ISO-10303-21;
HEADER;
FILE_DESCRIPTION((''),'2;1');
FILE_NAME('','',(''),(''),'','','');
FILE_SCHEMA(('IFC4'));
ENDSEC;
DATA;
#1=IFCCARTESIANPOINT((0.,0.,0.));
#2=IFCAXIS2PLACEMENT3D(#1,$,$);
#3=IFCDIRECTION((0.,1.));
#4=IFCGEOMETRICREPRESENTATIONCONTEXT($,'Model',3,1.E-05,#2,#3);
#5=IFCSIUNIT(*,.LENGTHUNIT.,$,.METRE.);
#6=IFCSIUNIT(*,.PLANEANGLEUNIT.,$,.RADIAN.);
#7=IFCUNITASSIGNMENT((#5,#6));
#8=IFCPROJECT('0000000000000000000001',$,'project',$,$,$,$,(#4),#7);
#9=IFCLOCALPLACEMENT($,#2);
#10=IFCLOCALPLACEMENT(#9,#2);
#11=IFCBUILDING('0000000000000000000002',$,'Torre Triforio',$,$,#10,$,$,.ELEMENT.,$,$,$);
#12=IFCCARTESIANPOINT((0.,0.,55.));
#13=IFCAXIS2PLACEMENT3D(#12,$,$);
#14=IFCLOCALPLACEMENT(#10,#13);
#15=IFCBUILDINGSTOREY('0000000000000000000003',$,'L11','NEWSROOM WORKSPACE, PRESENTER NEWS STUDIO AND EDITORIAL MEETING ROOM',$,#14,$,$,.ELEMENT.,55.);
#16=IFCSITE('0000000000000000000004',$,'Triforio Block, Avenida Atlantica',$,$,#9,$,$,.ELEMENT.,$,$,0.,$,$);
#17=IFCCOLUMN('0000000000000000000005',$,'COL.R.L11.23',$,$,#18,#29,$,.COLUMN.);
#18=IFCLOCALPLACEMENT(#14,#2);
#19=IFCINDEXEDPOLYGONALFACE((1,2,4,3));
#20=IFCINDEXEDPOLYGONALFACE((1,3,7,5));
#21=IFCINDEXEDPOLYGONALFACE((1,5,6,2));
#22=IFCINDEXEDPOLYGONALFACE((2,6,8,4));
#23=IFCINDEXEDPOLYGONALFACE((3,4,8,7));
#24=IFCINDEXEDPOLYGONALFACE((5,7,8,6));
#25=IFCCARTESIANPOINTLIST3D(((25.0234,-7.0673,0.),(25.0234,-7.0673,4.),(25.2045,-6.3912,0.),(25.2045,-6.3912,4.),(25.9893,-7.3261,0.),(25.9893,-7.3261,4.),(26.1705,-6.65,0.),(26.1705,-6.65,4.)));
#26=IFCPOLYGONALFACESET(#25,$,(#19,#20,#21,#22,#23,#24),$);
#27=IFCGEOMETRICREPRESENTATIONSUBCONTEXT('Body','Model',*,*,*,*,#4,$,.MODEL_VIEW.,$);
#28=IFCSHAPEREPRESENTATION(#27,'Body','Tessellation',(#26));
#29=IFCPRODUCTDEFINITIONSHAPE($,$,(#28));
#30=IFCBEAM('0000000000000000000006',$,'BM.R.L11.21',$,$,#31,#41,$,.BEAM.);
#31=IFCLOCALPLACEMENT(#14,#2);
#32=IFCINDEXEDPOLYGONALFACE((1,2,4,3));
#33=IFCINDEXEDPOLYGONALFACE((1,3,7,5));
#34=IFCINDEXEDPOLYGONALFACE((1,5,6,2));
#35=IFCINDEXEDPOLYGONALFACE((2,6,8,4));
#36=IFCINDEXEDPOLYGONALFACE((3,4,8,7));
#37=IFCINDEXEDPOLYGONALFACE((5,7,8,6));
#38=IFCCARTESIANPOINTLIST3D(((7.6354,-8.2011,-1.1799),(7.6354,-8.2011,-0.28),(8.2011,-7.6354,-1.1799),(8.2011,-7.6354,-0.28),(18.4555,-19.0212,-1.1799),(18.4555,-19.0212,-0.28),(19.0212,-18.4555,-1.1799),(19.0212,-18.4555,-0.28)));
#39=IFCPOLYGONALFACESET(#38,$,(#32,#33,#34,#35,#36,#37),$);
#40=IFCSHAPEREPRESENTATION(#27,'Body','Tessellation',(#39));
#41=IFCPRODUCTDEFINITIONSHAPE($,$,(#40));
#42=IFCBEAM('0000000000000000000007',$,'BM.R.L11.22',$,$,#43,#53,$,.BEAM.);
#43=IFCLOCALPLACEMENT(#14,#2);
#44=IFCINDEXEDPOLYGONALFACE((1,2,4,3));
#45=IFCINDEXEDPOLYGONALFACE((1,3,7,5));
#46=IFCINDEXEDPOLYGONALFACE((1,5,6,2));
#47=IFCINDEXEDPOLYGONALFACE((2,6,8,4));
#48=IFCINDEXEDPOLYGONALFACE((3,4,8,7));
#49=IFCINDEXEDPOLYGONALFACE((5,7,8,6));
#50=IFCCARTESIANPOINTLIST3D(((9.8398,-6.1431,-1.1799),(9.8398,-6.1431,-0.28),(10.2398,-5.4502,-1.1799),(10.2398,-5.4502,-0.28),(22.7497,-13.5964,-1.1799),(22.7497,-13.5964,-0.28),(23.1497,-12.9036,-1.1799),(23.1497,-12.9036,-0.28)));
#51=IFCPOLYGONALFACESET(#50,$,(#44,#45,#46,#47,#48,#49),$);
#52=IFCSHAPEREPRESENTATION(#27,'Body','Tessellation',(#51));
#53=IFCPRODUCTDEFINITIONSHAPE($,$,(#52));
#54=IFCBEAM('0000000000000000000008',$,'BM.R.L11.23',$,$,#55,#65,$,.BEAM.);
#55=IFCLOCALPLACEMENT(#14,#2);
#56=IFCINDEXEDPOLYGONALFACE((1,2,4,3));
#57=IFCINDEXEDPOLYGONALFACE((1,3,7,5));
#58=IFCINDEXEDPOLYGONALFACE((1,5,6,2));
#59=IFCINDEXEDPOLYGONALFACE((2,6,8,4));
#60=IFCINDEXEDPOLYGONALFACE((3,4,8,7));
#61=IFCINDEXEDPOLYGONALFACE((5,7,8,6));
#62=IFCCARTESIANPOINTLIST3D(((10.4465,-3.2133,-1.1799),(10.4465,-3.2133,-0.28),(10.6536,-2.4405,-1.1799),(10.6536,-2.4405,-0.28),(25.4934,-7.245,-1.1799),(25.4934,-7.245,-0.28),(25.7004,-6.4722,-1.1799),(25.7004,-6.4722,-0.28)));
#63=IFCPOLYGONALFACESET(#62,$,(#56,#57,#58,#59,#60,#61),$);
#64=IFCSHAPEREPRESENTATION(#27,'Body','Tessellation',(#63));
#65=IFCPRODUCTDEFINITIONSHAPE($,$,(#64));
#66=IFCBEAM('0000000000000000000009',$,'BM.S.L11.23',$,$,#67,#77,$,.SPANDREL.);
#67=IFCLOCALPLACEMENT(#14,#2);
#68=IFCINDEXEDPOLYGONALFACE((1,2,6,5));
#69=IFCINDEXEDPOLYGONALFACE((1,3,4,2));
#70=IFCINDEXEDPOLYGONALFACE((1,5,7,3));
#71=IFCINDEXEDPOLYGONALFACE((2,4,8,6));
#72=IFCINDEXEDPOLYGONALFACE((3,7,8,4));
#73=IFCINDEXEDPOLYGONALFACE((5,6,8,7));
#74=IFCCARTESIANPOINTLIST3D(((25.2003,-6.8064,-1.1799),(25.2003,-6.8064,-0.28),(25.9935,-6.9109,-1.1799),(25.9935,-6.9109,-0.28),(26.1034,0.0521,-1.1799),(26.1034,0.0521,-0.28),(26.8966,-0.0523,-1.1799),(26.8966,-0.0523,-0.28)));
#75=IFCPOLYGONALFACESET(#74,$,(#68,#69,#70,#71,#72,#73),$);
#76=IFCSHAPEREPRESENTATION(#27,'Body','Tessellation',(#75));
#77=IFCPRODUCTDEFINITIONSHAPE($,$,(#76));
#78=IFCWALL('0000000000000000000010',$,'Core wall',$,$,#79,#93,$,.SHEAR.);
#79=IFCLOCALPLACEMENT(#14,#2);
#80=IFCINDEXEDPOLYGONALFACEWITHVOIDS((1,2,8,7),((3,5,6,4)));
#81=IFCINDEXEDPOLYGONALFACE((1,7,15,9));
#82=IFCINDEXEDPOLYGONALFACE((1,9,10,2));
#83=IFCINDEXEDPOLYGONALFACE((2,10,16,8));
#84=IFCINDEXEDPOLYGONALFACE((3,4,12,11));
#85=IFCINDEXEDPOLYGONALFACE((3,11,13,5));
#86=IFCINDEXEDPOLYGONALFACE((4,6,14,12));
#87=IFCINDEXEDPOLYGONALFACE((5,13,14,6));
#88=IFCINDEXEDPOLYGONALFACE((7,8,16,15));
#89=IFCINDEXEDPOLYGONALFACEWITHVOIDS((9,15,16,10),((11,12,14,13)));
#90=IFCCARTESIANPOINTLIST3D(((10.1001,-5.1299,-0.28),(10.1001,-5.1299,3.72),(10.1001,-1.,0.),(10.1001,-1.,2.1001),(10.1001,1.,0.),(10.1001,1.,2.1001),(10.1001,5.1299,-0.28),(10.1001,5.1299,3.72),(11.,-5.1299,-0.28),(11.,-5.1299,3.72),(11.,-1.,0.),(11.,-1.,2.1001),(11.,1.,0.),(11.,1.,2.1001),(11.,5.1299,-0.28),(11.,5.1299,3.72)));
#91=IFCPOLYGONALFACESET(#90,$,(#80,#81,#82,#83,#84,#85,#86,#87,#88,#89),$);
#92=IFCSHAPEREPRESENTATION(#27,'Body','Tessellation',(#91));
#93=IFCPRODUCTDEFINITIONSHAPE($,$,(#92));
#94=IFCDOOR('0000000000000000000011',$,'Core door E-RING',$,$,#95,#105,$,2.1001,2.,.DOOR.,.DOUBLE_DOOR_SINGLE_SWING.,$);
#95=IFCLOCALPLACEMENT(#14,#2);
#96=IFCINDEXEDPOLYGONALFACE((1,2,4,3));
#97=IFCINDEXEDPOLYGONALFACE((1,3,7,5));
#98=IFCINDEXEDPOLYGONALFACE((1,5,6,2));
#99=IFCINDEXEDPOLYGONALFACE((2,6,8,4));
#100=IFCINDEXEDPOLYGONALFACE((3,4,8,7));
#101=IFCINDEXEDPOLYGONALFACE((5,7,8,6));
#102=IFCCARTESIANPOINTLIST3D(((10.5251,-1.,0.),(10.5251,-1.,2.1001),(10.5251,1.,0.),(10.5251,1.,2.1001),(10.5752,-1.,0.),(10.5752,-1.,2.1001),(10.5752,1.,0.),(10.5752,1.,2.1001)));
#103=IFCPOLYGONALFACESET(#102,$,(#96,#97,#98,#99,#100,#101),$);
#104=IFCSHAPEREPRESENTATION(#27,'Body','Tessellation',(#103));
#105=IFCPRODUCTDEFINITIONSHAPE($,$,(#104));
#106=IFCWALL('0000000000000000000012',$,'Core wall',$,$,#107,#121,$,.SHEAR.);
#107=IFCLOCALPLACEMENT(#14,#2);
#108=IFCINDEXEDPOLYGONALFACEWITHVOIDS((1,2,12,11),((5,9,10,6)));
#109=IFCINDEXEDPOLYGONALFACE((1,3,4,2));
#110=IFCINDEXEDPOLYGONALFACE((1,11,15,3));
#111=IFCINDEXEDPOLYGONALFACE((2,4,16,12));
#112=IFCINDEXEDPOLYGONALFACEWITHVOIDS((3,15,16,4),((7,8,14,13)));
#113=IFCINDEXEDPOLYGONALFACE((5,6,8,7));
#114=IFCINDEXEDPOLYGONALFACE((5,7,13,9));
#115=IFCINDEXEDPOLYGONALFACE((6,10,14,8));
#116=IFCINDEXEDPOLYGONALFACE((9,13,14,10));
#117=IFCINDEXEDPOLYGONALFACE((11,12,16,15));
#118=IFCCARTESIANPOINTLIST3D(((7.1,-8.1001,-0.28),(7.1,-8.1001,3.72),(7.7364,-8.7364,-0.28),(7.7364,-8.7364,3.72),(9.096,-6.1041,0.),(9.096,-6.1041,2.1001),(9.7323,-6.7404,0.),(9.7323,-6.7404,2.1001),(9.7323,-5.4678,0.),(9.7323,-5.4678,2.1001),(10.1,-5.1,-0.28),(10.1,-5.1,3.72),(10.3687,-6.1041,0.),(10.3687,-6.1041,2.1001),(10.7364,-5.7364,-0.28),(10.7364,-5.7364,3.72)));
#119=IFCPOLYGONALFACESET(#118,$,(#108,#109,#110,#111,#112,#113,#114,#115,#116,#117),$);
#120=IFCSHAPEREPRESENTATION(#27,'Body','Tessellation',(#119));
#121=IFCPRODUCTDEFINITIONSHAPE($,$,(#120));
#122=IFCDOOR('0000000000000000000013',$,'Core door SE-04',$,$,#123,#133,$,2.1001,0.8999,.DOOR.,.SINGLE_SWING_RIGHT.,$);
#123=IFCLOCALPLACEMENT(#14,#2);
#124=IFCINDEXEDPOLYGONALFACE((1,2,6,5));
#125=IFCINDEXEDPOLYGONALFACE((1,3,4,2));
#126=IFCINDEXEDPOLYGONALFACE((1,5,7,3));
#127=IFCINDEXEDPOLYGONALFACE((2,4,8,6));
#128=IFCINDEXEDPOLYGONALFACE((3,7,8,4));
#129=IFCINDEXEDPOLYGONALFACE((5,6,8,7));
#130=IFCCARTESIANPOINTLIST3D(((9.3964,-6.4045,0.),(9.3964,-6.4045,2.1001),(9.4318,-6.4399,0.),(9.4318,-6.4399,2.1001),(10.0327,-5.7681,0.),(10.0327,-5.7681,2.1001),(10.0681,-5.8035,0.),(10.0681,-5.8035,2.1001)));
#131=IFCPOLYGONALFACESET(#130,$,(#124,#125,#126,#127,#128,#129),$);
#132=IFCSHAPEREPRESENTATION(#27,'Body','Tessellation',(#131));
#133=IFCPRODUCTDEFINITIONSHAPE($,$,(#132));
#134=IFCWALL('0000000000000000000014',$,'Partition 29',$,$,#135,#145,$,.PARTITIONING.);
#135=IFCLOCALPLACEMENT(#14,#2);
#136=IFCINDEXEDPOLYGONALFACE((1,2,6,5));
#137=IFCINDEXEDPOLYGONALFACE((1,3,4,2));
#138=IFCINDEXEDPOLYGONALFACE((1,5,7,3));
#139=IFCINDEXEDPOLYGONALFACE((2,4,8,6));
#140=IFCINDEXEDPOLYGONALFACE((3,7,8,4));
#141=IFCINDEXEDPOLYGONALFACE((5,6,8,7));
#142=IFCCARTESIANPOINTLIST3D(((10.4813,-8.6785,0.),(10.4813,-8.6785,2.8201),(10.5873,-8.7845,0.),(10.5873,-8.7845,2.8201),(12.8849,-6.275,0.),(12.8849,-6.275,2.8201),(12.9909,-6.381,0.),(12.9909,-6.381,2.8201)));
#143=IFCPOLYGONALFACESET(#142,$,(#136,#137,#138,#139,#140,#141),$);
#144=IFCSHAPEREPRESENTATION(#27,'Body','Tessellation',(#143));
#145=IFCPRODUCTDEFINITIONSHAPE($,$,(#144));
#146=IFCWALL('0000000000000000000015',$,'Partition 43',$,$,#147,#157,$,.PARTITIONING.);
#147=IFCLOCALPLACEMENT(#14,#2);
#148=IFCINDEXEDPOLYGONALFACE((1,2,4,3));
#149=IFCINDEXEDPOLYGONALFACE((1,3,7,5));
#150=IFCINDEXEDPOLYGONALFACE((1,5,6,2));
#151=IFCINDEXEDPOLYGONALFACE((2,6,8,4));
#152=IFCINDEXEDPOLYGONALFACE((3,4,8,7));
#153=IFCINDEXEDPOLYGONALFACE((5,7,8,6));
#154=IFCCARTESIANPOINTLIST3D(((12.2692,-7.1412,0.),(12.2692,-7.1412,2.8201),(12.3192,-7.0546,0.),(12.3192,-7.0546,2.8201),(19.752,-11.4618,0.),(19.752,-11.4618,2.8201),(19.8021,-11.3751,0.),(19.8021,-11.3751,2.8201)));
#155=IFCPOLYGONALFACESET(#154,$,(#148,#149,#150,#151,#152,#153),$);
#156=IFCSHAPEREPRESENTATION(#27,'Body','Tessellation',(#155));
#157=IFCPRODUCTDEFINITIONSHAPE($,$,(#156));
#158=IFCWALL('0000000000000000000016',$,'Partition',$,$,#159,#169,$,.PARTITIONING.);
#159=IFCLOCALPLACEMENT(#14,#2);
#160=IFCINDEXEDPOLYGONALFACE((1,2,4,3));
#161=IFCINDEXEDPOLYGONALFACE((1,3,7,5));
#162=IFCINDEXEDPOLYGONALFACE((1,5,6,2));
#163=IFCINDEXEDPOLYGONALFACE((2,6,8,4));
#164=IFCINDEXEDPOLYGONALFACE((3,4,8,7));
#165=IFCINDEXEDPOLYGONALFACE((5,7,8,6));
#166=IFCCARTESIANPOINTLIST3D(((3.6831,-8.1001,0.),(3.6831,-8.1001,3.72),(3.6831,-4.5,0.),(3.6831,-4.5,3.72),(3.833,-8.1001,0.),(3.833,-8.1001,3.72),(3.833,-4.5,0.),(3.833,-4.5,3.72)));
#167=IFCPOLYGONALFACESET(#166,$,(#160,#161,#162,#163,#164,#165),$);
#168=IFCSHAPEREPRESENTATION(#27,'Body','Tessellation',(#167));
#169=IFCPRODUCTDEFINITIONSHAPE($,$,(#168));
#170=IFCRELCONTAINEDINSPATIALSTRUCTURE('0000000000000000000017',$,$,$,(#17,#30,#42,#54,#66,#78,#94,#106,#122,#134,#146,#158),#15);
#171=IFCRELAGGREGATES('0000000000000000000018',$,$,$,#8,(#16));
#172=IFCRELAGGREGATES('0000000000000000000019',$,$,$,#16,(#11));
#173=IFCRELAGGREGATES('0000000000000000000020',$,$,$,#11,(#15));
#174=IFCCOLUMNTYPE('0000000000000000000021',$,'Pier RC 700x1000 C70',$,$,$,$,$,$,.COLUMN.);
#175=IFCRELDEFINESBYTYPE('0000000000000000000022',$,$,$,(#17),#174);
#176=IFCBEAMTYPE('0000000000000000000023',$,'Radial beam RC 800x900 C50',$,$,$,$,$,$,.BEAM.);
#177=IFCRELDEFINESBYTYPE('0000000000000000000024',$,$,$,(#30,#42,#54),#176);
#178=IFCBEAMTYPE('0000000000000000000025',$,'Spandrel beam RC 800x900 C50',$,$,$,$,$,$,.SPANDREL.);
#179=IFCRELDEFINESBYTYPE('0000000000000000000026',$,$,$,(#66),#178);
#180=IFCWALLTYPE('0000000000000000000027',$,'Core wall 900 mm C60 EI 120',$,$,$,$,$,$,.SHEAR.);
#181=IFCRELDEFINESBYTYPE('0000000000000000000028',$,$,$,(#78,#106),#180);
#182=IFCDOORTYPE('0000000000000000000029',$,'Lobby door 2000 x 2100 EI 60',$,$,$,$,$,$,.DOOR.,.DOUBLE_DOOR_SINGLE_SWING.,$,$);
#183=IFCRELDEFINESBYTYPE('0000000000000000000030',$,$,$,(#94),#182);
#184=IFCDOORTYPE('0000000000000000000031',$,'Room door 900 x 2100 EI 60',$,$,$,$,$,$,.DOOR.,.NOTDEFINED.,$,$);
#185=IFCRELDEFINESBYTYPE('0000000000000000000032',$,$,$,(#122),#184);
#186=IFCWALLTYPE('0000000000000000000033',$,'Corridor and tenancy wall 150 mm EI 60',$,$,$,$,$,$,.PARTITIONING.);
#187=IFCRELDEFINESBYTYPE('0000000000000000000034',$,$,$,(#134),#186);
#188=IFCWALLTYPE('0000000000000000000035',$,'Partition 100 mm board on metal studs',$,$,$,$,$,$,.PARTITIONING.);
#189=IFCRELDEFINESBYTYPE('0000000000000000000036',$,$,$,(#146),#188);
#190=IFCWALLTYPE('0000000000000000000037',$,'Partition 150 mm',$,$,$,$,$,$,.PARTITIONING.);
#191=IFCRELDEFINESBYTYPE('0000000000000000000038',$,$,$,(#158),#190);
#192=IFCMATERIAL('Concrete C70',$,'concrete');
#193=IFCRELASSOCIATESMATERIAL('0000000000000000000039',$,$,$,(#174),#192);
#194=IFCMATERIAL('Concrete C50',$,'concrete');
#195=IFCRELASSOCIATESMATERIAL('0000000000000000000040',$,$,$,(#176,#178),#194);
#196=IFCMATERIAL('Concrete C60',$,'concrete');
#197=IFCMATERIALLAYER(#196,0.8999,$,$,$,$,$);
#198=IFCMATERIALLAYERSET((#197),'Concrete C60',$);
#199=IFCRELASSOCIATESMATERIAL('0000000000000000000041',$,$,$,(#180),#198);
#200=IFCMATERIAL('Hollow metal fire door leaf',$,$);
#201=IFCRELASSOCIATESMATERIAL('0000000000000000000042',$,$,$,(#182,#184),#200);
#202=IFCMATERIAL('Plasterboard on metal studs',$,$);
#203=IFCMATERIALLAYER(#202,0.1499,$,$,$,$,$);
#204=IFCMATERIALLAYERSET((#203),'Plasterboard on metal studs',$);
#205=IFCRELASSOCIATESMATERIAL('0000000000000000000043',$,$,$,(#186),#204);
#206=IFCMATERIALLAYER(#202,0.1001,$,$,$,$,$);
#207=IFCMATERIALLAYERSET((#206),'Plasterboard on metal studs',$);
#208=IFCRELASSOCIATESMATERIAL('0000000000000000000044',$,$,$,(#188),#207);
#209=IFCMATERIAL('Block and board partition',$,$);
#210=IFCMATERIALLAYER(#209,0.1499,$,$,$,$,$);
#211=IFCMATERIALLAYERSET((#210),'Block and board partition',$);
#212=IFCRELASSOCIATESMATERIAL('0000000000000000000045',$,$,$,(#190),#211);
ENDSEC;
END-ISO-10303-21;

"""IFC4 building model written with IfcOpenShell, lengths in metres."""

from ifc_helpers import new_model, si_unit, direction, frame, frame_2d, origin, origin_2d, place, context, subcontext, project, spatial, rectangle, extrude, material, layer, layer_set, material_profile, profile_set, type_object, element, fill, save


model = new_model("IFC4")

# Units and contexts
model_context = context("Model", 3, precision=1e-05, world=origin(), true_north=direction((0.0, 1.0)))
body_context = subcontext(model_context, "Body", "Model", "MODEL_VIEW")
ifc_project = project(units=[si_unit("LENGTHUNIT", "METRE"), si_unit("PLANEANGLEUNIT", "RADIAN")], contexts=[model_context])

# Site, building, storey
site_placement = place(None, origin())
site = spatial("IfcSite", under=ifc_project, at=site_placement, Name="Triforio Block, Avenida Atlantica", CompositionType="ELEMENT", RefElevation=0.0)
building_placement = place(site_placement, origin())
building = spatial("IfcBuilding", under=site, at=building_placement, Name="Torre Triforio", CompositionType="ELEMENT")
storey_placement = place(building_placement, frame((0.0, 0.0, 55.0)))
storey = spatial("IfcBuildingStorey", under=building, at=storey_placement, Name="L11", Description="NEWSROOM WORKSPACE, PRESENTER NEWS STUDIO AND EDITORIAL MEETING ROOM", CompositionType="ELEMENT", Elevation=55.0)

# Column
ifc_material_1 = material(Name="Concrete C70", Category="concrete")
ifc_material_profile_1 = material_profile(ifc_material_1, rectangle(XDim=0.7, YDim=1.0, at=origin_2d()), Name="RC 700x1000")
ifc_profile_set_1 = profile_set([ifc_material_profile_1], Name="Concrete C70")
column_type = type_object("IfcColumnType", Name="Pier RC 700x1000 C70", PredefinedType="COLUMN", material=ifc_profile_set_1)
column_placement = place(storey_placement, frame((25.5969, -6.8586, 0.0), z_axis=(0.0, 0.0, 1.0), x_axis=(0.258819, 0.965926, 0.0)))
element("IfcColumn", 1, at=column_placement, inside=storey, type_object=column_type, Name="COL.R.L11.23", PredefinedType="COLUMN", context=body_context, shape_type="SweptSolid", body=[
    extrude(rectangle(XDim=0.7, YDim=1.0, at=origin_2d()), origin(), (0.0, 0.0, 1.0), 4.0),
])

# Beams
ifc_material_2 = material(Name="Concrete C50", Category="concrete")
ifc_material_profile_2 = material_profile(ifc_material_2, rectangle(XDim=0.8, YDim=0.8999, at=origin_2d()), Name="RC 800x900")
ifc_profile_set_2 = profile_set([ifc_material_profile_2], Name="Concrete C50")
beam_type_1 = type_object("IfcBeamType", Name="Radial beam RC 800x900 C50", PredefinedType="BEAM", material=ifc_profile_set_2)
beam_1_placement = place(storey_placement, frame((7.9182, -7.9182, -0.73), z_axis=(0.707107, -0.707107, 0.0), x_axis=(0.707107, 0.707107, 0.0)))
element("IfcBeam", 2, at=beam_1_placement, inside=storey, type_object=beam_type_1, Name="BM.R.L11.21", PredefinedType="BEAM", context=body_context, shape_type="SweptSolid", body=[
    extrude(rectangle(XDim=0.8, YDim=0.8999, at=origin_2d()), origin(), (0.0, 0.0, 1.0), 15.302),
])
beam_2_placement = place(storey_placement, frame((10.0398, -5.7966, -0.73), z_axis=(0.86603, -0.499991, 0.0), x_axis=(0.499991, 0.86603, 0.0)))
element("IfcBeam", 3, at=beam_2_placement, inside=storey, type_object=beam_type_1, Name="BM.R.L11.22", PredefinedType="BEAM", context=body_context, shape_type="SweptSolid", body=[
    extrude(rectangle(XDim=0.8, YDim=0.8999, at=origin_2d()), origin(), (0.0, 0.0, 1.0), 14.907),
])
beam_3_placement = place(storey_placement, frame((10.55, -2.8269, -0.73), z_axis=(0.965927, -0.258815, 0.0), x_axis=(0.258815, 0.965927, 0.0)))
element("IfcBeam", 4, at=beam_3_placement, inside=storey, type_object=beam_type_1, Name="BM.R.L11.23", PredefinedType="BEAM", context=body_context, shape_type="SweptSolid", body=[
    extrude(rectangle(XDim=0.8, YDim=0.8999, at=origin_2d()), origin(), (0.0, 0.0, 1.0), 15.5776),
])
ifc_material_profile_3 = material_profile(ifc_material_2, rectangle(XDim=0.8, YDim=0.8999, at=origin_2d()), Name="RC 800x900")
ifc_profile_set_3 = profile_set([ifc_material_profile_3], Name="Concrete C50")
beam_type_2 = type_object("IfcBeamType", Name="Spandrel beam RC 800x900 C50", PredefinedType="SPANDREL", material=ifc_profile_set_3)
beam_4_placement = place(storey_placement, frame((25.5969, -6.8586, -0.73), z_axis=(0.130543, 0.991443, 0.0), x_axis=(-0.991443, 0.130543, 0.0)))
element("IfcBeam", 5, at=beam_4_placement, inside=storey, type_object=beam_type_2, Name="BM.S.L11.23", PredefinedType="SPANDREL", context=body_context, shape_type="SweptSolid", body=[
    extrude(rectangle(XDim=0.8, YDim=0.8999, at=origin_2d()), origin(), (0.0, 0.0, 1.0), 6.9177),
])

# Walls, openings, doors
ifc_material_3 = material(Name="Concrete C60", Category="concrete")
ifc_layer_1 = layer(ifc_material_3, 0.8999)
ifc_layer_set_1 = layer_set([ifc_layer_1], Name="Concrete C60")
wall_type_1 = type_object("IfcWallType", Name="Core wall 900 mm C60 EI 120", PredefinedType="SHEAR", material=ifc_layer_set_1)
wall_1_placement = place(storey_placement, frame((10.55, -5.1299, -0.28), z_axis=(0.0, 0.0, 1.0), x_axis=(0.0, 1.0, 0.0)))
wall_1 = element("IfcWall", 6, at=wall_1_placement, inside=storey, type_object=wall_type_1, Name="Core wall", PredefinedType="SHEAR", context=body_context, shape_type="SweptSolid", body=[
    extrude(rectangle(XDim=10.2598, YDim=0.8999, at=frame_2d((5.1299, 0.0))), origin(), (0.0, 0.0, 1.0), 4.0),
])
opening_1_placement = place(wall_1_placement, frame((4.1299, 0.0, 0.28)))
opening_1 = element("IfcOpeningElement", 7, at=opening_1_placement, cuts=wall_1, PredefinedType="OPENING", context=body_context, shape_type="SweptSolid", body=[
    extrude(rectangle(XDim=2.0, YDim=2.1001, at=frame_2d((1.0, 1.05))), frame((0.0, 0.46, 0.0), z_axis=(0.0, -1.0, 0.0), x_axis=(1.0, 0.0, 0.0)), (0.0, 0.0, 1.0), 0.9199),
])
ifc_material_4 = material(Name="Hollow metal fire door leaf")
door_type_1 = type_object("IfcDoorType", Name="Lobby door 2000 x 2100 EI 60", OperationType="DOUBLE_DOOR_SINGLE_SWING", PredefinedType="DOOR", material=ifc_material_4)
door_1_placement = place(opening_1_placement, origin())
door_1 = element("IfcDoor", 8, at=door_1_placement, inside=storey, type_object=door_type_1, Name="Core door E-RING", OperationType="DOUBLE_DOOR_SINGLE_SWING", OverallHeight=2.1001, OverallWidth=2.0, PredefinedType="DOOR", context=body_context, shape_type="SweptSolid", body=[
    extrude(rectangle(XDim=2.0, YDim=2.1001, at=frame_2d((1.0, 1.05))), frame((0.0, 0.0249, 0.0), z_axis=(0.0, -1.0, 0.0), x_axis=(1.0, 0.0, 0.0)), (0.0, 0.0, 1.0), 0.05),
])
fill(opening_1, door_1)
wall_2_placement = place(storey_placement, frame((10.4182, -5.4182, -0.28), z_axis=(0.0, 0.0, 1.0), x_axis=(-0.707107, -0.707107, 0.0)))
wall_2 = element("IfcWall", 9, at=wall_2_placement, inside=storey, type_object=wall_type_1, Name="Core wall", PredefinedType="SHEAR", context=body_context, shape_type="SweptSolid", body=[
    extrude(rectangle(XDim=4.2427, YDim=0.8999, at=frame_2d((2.1213, 0.0))), origin(), (0.0, 0.0, 1.0), 4.0),
])
opening_2_placement = place(wall_2_placement, frame((0.52, 0.0, 0.28)))
opening_2 = element("IfcOpeningElement", 10, at=opening_2_placement, cuts=wall_2, PredefinedType="OPENING", context=body_context, shape_type="SweptSolid", body=[
    extrude(rectangle(XDim=0.8999, YDim=2.1001, at=frame_2d((0.45, 1.05))), frame((0.0, 0.46, 0.0), z_axis=(0.0, -1.0, 0.0), x_axis=(1.0, 0.0, 0.0)), (0.0, 0.0, 1.0), 0.9199),
])
door_type_2 = type_object("IfcDoorType", Name="Room door 900 x 2100 EI 60", OperationType="NOTDEFINED", PredefinedType="DOOR", material=ifc_material_4)
door_2_placement = place(opening_2_placement, origin())
door_2 = element("IfcDoor", 11, at=door_2_placement, inside=storey, type_object=door_type_2, Name="Core door SE-04", OperationType="SINGLE_SWING_RIGHT", OverallHeight=2.1001, OverallWidth=0.8999, PredefinedType="DOOR", context=body_context, shape_type="SweptSolid", body=[
    extrude(rectangle(XDim=0.8999, YDim=2.1001, at=frame_2d((0.45, 1.05))), frame((0.0, 0.0249, 0.0), z_axis=(0.0, -1.0, 0.0), x_axis=(1.0, 0.0, 0.0)), (0.0, 0.0, 1.0), 0.05),
])
fill(opening_2, door_2)

# Walls
ifc_material_5 = material(Name="Plasterboard on metal studs")
ifc_layer_2 = layer(ifc_material_5, 0.1499)
ifc_layer_set_2 = layer_set([ifc_layer_2], Name="Plasterboard on metal studs")
wall_type_2 = type_object("IfcWallType", Name="Corridor and tenancy wall 150 mm EI 60", PredefinedType="PARTITIONING", material=ifc_layer_set_2)
wall_3_placement = place(storey_placement, frame((12.938, -6.3279, 0.0), z_axis=(0.0, 0.0, 1.0), x_axis=(-0.707107, -0.707107, 0.0)))
element("IfcWall", 12, at=wall_3_placement, inside=storey, type_object=wall_type_2, Name="Partition 29", PredefinedType="PARTITIONING", context=body_context, shape_type="SweptSolid", body=[
    extrude(rectangle(XDim=3.3992, YDim=0.1499, at=frame_2d((1.6997, 0.0))), origin(), (0.0, 0.0, 1.0), 2.8201),
])
ifc_layer_3 = layer(ifc_material_5, 0.1001)
ifc_layer_set_3 = layer_set([ifc_layer_3], Name="Plasterboard on metal studs")
wall_type_3 = type_object("IfcWallType", Name="Partition 100 mm board on metal studs", PredefinedType="PARTITIONING", material=ifc_layer_set_3)
wall_4_placement = place(storey_placement, frame((12.2942, -7.0979, 0.0), z_axis=(0.0, 0.0, 1.0), x_axis=(0.866011, -0.500026, 0.0)))
element("IfcWall", 13, at=wall_4_placement, inside=storey, type_object=wall_type_3, Name="Partition 43", PredefinedType="PARTITIONING", context=body_context, shape_type="SweptSolid", body=[
    extrude(rectangle(XDim=8.6406, YDim=0.1001, at=frame_2d((4.3203, 0.0))), origin(), (0.0, 0.0, 1.0), 2.8201),
])
ifc_material_6 = material(Name="Block and board partition")
ifc_layer_4 = layer(ifc_material_6, 0.1499)
ifc_layer_set_4 = layer_set([ifc_layer_4], Name="Block and board partition")
wall_type_4 = type_object("IfcWallType", Name="Partition 150 mm", PredefinedType="PARTITIONING", material=ifc_layer_set_4)
for number, where, z_axis, x_axis, name in (
    (14, (3.7581, -8.1001, 0.0), (0.0, 0.0, 1.0), (0.0, 1.0, 0.0), "Partition"),
):
    element("IfcWall", number, at=place(storey_placement, frame(where, z_axis=z_axis, x_axis=x_axis)), inside=storey, type_object=wall_type_4, Name=name, PredefinedType="PARTITIONING", context=body_context, shape_type="SweptSolid", body=[
        extrude(rectangle(XDim=3.6001, YDim=0.1499, at=frame_2d((1.8, 0.0))), origin(), (0.0, 0.0, 1.0), 3.72),
    ])

save(model, "model.ifc")
